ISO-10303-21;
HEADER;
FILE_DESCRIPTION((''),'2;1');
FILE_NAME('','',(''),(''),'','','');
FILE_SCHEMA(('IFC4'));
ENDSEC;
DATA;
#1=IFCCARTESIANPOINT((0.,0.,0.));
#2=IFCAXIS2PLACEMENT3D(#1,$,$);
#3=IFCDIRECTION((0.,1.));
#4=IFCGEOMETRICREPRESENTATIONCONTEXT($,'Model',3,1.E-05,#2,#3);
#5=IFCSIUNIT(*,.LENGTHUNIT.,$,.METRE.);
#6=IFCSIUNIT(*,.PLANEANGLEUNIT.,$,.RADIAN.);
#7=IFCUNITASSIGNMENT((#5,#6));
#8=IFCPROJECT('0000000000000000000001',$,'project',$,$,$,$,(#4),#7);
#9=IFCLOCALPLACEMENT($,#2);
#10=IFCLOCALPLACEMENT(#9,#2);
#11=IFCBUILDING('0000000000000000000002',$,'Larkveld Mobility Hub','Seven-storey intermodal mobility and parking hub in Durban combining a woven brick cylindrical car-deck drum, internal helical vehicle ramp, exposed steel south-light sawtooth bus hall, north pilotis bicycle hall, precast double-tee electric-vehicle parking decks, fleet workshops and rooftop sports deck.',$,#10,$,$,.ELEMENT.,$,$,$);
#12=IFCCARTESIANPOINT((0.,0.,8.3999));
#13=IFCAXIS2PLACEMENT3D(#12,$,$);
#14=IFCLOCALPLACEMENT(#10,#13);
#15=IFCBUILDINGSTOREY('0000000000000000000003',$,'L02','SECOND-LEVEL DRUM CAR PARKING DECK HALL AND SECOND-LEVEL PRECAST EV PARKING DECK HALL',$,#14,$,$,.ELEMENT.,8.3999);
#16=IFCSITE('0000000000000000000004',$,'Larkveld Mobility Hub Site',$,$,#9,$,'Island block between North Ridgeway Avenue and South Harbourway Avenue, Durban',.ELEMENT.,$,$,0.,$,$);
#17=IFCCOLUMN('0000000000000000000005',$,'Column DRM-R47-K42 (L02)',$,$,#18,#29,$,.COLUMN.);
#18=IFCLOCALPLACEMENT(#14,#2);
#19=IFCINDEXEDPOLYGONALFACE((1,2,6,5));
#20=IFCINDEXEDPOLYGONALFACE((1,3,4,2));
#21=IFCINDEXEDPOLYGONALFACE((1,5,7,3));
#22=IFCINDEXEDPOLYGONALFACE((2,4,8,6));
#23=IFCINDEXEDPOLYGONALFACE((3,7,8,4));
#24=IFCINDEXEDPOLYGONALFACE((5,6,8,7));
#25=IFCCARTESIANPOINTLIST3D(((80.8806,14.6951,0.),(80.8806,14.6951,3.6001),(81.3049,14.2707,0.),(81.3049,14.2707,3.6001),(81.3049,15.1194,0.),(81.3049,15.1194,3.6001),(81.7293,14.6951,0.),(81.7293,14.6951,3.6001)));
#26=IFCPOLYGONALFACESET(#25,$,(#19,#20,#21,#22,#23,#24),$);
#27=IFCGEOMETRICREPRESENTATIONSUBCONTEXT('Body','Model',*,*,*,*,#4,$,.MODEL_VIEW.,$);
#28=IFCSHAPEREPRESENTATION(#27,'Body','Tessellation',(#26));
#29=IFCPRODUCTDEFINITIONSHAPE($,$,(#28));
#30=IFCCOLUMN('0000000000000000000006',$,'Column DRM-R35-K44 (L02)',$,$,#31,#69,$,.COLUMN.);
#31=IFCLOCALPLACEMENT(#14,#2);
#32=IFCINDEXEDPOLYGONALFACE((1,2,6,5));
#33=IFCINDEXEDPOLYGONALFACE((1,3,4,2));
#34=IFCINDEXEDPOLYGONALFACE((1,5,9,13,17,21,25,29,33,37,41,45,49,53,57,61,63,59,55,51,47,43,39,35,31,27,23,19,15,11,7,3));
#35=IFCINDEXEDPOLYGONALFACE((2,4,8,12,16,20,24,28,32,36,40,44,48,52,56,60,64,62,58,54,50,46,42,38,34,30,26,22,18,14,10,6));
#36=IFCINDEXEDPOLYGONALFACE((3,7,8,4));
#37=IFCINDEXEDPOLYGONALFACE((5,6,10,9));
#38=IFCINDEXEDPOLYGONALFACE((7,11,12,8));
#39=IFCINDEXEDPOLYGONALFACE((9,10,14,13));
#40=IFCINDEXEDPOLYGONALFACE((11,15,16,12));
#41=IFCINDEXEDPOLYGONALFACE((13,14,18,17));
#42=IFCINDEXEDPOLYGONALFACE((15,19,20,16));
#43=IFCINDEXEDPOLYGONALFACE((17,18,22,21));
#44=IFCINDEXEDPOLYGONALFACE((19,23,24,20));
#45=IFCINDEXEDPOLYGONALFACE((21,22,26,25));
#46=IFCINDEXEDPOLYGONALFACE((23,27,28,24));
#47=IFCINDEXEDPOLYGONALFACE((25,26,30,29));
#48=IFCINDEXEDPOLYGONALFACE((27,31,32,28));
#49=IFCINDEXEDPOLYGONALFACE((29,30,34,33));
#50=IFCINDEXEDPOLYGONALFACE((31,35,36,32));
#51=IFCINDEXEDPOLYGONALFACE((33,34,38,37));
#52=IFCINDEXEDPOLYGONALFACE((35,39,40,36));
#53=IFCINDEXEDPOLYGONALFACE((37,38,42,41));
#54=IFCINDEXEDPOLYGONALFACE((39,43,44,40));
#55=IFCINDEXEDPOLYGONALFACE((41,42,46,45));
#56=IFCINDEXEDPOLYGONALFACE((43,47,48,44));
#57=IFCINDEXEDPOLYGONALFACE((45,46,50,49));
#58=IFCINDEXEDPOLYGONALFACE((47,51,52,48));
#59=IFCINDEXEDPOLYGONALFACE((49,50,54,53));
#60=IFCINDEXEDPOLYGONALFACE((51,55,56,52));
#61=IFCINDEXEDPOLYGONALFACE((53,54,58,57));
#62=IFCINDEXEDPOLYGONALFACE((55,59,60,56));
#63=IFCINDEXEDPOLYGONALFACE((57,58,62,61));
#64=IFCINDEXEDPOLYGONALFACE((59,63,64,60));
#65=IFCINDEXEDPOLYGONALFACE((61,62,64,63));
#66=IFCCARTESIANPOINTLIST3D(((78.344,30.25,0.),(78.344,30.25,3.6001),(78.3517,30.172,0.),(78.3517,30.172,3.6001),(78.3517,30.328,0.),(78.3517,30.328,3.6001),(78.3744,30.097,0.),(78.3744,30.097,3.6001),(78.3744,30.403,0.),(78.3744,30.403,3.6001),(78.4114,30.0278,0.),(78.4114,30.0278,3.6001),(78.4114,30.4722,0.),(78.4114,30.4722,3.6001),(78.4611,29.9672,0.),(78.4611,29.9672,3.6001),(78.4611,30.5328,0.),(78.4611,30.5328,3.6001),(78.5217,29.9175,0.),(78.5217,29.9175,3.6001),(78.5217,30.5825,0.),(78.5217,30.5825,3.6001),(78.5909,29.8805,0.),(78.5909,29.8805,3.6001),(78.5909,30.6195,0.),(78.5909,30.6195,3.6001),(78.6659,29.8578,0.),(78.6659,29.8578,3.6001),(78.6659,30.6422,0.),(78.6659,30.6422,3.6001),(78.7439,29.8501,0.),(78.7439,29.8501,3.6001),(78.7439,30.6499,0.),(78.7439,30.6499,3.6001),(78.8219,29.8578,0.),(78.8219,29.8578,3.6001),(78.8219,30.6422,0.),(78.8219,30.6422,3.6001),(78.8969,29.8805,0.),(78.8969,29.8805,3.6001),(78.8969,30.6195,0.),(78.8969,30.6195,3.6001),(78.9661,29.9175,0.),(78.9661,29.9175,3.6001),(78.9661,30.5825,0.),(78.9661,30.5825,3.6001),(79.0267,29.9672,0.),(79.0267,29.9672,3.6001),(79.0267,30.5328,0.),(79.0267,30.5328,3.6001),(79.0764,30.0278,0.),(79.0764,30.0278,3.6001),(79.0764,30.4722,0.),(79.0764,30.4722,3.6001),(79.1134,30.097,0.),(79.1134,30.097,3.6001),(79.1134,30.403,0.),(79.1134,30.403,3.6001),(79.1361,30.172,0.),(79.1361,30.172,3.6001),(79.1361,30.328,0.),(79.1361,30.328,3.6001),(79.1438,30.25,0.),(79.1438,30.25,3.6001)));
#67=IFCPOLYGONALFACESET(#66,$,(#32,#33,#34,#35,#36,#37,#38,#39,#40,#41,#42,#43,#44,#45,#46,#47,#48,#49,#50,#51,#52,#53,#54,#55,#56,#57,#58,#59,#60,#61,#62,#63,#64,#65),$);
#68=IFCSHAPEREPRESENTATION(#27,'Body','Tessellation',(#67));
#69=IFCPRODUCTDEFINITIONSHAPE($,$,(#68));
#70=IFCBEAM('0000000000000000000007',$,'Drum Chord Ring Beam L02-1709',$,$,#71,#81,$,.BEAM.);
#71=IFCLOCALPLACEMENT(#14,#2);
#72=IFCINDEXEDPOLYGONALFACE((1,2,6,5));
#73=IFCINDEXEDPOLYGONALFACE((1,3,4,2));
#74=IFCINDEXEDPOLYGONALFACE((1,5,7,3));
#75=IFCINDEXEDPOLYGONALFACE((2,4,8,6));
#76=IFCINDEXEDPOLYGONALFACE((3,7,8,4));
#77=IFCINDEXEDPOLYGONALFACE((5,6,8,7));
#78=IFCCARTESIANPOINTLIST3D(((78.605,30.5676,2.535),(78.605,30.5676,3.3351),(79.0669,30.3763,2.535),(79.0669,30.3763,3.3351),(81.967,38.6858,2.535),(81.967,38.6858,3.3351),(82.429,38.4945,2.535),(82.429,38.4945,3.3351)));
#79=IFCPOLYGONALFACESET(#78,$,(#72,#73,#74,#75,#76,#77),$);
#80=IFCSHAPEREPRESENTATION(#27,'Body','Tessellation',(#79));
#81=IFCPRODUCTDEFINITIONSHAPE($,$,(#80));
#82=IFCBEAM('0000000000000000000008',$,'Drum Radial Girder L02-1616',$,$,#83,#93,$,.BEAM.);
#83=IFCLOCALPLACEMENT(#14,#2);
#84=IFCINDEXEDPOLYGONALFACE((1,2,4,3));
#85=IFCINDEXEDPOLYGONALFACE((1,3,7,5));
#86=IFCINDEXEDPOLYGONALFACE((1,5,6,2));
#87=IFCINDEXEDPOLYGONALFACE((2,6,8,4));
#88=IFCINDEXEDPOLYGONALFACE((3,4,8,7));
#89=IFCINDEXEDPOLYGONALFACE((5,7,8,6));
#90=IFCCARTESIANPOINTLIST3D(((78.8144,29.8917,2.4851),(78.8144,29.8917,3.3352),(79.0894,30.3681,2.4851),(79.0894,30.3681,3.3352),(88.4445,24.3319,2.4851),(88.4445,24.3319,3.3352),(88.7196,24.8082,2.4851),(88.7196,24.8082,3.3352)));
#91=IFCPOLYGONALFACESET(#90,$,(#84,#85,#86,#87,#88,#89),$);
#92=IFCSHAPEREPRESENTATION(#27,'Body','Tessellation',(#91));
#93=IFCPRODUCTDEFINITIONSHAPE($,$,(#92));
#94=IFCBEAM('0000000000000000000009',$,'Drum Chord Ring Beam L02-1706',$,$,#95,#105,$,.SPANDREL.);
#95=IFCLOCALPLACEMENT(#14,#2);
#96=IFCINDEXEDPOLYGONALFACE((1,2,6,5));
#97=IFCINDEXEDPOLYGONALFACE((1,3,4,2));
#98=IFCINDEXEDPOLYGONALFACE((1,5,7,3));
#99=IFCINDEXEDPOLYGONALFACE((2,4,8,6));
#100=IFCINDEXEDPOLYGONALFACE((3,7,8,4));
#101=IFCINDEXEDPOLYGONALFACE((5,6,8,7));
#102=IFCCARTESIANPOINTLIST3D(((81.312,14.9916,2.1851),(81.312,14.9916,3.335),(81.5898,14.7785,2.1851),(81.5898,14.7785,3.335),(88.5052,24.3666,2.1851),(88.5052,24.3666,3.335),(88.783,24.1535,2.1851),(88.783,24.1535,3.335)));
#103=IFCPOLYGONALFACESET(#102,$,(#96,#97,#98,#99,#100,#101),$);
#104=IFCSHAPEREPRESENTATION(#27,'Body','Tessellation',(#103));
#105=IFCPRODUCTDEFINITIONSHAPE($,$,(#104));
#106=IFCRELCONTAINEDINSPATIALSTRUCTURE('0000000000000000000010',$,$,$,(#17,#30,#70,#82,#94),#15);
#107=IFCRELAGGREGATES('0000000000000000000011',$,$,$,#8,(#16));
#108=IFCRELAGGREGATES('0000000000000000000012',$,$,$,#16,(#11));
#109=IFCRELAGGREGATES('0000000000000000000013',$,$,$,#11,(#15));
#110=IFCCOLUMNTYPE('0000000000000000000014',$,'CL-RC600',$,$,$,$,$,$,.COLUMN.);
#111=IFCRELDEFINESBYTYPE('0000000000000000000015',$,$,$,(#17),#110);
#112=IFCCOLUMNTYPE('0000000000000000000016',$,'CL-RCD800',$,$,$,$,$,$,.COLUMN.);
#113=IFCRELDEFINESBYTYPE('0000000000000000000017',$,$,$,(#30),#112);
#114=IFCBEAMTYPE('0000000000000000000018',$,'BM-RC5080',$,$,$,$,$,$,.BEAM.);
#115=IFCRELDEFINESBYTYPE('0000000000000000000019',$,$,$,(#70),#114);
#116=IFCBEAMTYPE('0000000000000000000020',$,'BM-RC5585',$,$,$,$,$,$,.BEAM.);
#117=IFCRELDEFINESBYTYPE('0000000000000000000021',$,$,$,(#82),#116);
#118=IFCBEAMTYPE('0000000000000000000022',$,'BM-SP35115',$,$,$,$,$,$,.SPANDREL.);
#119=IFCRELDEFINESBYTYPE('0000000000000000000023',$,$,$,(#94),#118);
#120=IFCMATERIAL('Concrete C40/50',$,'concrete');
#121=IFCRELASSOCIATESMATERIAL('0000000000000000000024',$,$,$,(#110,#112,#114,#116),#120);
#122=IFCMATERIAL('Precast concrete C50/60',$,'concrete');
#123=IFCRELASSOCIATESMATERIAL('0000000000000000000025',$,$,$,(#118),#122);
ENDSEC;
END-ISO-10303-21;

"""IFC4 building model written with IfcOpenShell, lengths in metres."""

from ifc_helpers import new_model, si_unit, direction, frame, origin, origin_2d, place, context, subcontext, project, spatial, rectangle, circle, extrude, material, material_profile, profile_set, type_object, element, save


model = new_model("IFC4")

# Units and contexts
model_context = context("Model", 3, precision=1e-05, world=origin(), true_north=direction((0.0, 1.0)))
body_context = subcontext(model_context, "Body", "Model", "MODEL_VIEW")
ifc_project = project(units=[si_unit("LENGTHUNIT", "METRE"), si_unit("PLANEANGLEUNIT", "RADIAN")], contexts=[model_context])

# Site, building, storey
site_placement = place(None, origin())
site = spatial("IfcSite", under=ifc_project, at=site_placement, Name="Larkveld Mobility Hub Site", LongName="Island block between North Ridgeway Avenue and South Harbourway Avenue, Durban", CompositionType="ELEMENT", RefElevation=0.0)
building_placement = place(site_placement, origin())
building = spatial("IfcBuilding", under=site, at=building_placement, Name="Larkveld Mobility Hub", Description="Seven-storey intermodal mobility and parking hub in Durban combining a woven brick cylindrical car-deck drum, internal helical vehicle ramp, exposed steel south-light sawtooth bus hall, north pilotis bicycle hall, precast double-tee electric-vehicle parking decks, fleet workshops and rooftop sports deck.", CompositionType="ELEMENT")
storey_placement = place(building_placement, frame((0.0, 0.0, 8.3999)))
storey = spatial("IfcBuildingStorey", under=building, at=storey_placement, Name="L02", Description="SECOND-LEVEL DRUM CAR PARKING DECK HALL AND SECOND-LEVEL PRECAST EV PARKING DECK HALL", CompositionType="ELEMENT", Elevation=8.3999)

# Columns
ifc_material_1 = material(Name="Concrete C40/50", Category="concrete")
ifc_material_profile_1 = material_profile(ifc_material_1, rectangle(XDim=0.6001, YDim=0.6001, at=origin_2d()), Name="RC COL 600x600")
ifc_profile_set_1 = profile_set([ifc_material_profile_1], Name="Concrete C40/50")
column_type_1 = type_object("IfcColumnType", Name="CL-RC600", PredefinedType="COLUMN", material=ifc_profile_set_1)
column_1_placement = place(storey_placement, frame((81.3049, 14.6951, 0.0), z_axis=(0.0, 0.0, 1.0), x_axis=(-0.707107, 0.707107, 0.0)))
element("IfcColumn", 1, at=column_1_placement, inside=storey, type_object=column_type_1, Name="Column DRM-R47-K42 (L02)", PredefinedType="COLUMN", context=body_context, shape_type="SweptSolid", body=[
    extrude(rectangle(XDim=0.6001, YDim=0.6001, at=origin_2d()), origin(), (0.0, 0.0, 1.0), 3.6001),
])
ifc_material_profile_2 = material_profile(ifc_material_1, circle(Radius=0.3999, at=origin_2d()), Name="RC COL D800")
ifc_profile_set_2 = profile_set([ifc_material_profile_2], Name="Concrete C40/50")
column_type_2 = type_object("IfcColumnType", Name="CL-RCD800", PredefinedType="COLUMN", material=ifc_profile_set_2)
column_2_placement = place(storey_placement, frame((78.7439, 30.25, 0.0), z_axis=(0.0, 0.0, 1.0), x_axis=(1.0, 0.0, 0.0)))
element("IfcColumn", 2, at=column_2_placement, inside=storey, type_object=column_type_2, Name="Column DRM-R35-K44 (L02)", PredefinedType="COLUMN", context=body_context, shape_type="SweptSolid", body=[
    extrude(circle(Radius=0.3999, at=origin_2d()), origin(), (0.0, 0.0, 1.0), 3.6001),
])

# Beams
ifc_material_profile_3 = material_profile(ifc_material_1, rectangle(XDim=0.5, YDim=0.8, at=origin_2d()), Name="RC BM 500x800")
ifc_profile_set_3 = profile_set([ifc_material_profile_3], Name="Concrete C40/50")
beam_type_1 = type_object("IfcBeamType", Name="BM-RC5080", PredefinedType="BEAM", material=ifc_profile_set_3)
beam_1_placement = place(storey_placement, frame((78.8359, 30.4719, 2.9351), z_axis=(0.382626, 0.923903, 0.0), x_axis=(-0.923903, 0.382626, 0.0)))
element("IfcBeam", 3, at=beam_1_placement, inside=storey, type_object=beam_type_1, Name="Drum Chord Ring Beam L02-1709", PredefinedType="BEAM", context=body_context, shape_type="SweptSolid", body=[
    extrude(rectangle(XDim=0.5, YDim=0.8, at=origin_2d()), origin(), (0.0, 0.0, 1.0), 8.7869),
])
ifc_material_profile_4 = material_profile(ifc_material_1, rectangle(XDim=0.55, YDim=0.8501, at=origin_2d()), Name="RC BM 550x850")
ifc_profile_set_4 = profile_set([ifc_material_profile_4], Name="Concrete C40/50")
beam_type_2 = type_object("IfcBeamType", Name="BM-RC5585", PredefinedType="BEAM", material=ifc_profile_set_4)
beam_2_placement = place(storey_placement, frame((78.9519, 30.1299, 2.9102), z_axis=(0.866031, -0.49999, 0.0), x_axis=(0.49999, 0.866031, 0.0)))
element("IfcBeam", 4, at=beam_2_placement, inside=storey, type_object=beam_type_2, Name="Drum Radial Girder L02-1616", PredefinedType="BEAM", context=body_context, shape_type="SweptSolid", body=[
    extrude(rectangle(XDim=0.55, YDim=0.8501, at=origin_2d()), origin(), (0.0, 0.0, 1.0), 11.1199),
])
ifc_material_2 = material(Name="Precast concrete C50/60", Category="concrete")
ifc_material_profile_5 = material_profile(ifc_material_2, rectangle(XDim=0.3501, YDim=1.1499, at=origin_2d()), Name="PC SP 350x1150")
ifc_profile_set_5 = profile_set([ifc_material_profile_5], Name="Precast concrete C50/60")
beam_type_3 = type_object("IfcBeamType", Name="BM-SP35115", PredefinedType="SPANDREL", material=ifc_profile_set_5)
beam_3_placement = place(storey_placement, frame((81.4509, 14.885, 2.76), z_axis=(0.608731, 0.793377, 0.0), x_axis=(-0.793377, 0.608731, 0.0)))
element("IfcBeam", 5, at=beam_3_placement, inside=storey, type_object=beam_type_3, Name="Drum Chord Ring Beam L02-1706", PredefinedType="SPANDREL", context=body_context, shape_type="SweptSolid", body=[
    extrude(rectangle(XDim=0.3501, YDim=1.1499, at=origin_2d()), origin(), (0.0, 0.0, 1.0), 11.8167),
])

save(model, "model.ifc")
